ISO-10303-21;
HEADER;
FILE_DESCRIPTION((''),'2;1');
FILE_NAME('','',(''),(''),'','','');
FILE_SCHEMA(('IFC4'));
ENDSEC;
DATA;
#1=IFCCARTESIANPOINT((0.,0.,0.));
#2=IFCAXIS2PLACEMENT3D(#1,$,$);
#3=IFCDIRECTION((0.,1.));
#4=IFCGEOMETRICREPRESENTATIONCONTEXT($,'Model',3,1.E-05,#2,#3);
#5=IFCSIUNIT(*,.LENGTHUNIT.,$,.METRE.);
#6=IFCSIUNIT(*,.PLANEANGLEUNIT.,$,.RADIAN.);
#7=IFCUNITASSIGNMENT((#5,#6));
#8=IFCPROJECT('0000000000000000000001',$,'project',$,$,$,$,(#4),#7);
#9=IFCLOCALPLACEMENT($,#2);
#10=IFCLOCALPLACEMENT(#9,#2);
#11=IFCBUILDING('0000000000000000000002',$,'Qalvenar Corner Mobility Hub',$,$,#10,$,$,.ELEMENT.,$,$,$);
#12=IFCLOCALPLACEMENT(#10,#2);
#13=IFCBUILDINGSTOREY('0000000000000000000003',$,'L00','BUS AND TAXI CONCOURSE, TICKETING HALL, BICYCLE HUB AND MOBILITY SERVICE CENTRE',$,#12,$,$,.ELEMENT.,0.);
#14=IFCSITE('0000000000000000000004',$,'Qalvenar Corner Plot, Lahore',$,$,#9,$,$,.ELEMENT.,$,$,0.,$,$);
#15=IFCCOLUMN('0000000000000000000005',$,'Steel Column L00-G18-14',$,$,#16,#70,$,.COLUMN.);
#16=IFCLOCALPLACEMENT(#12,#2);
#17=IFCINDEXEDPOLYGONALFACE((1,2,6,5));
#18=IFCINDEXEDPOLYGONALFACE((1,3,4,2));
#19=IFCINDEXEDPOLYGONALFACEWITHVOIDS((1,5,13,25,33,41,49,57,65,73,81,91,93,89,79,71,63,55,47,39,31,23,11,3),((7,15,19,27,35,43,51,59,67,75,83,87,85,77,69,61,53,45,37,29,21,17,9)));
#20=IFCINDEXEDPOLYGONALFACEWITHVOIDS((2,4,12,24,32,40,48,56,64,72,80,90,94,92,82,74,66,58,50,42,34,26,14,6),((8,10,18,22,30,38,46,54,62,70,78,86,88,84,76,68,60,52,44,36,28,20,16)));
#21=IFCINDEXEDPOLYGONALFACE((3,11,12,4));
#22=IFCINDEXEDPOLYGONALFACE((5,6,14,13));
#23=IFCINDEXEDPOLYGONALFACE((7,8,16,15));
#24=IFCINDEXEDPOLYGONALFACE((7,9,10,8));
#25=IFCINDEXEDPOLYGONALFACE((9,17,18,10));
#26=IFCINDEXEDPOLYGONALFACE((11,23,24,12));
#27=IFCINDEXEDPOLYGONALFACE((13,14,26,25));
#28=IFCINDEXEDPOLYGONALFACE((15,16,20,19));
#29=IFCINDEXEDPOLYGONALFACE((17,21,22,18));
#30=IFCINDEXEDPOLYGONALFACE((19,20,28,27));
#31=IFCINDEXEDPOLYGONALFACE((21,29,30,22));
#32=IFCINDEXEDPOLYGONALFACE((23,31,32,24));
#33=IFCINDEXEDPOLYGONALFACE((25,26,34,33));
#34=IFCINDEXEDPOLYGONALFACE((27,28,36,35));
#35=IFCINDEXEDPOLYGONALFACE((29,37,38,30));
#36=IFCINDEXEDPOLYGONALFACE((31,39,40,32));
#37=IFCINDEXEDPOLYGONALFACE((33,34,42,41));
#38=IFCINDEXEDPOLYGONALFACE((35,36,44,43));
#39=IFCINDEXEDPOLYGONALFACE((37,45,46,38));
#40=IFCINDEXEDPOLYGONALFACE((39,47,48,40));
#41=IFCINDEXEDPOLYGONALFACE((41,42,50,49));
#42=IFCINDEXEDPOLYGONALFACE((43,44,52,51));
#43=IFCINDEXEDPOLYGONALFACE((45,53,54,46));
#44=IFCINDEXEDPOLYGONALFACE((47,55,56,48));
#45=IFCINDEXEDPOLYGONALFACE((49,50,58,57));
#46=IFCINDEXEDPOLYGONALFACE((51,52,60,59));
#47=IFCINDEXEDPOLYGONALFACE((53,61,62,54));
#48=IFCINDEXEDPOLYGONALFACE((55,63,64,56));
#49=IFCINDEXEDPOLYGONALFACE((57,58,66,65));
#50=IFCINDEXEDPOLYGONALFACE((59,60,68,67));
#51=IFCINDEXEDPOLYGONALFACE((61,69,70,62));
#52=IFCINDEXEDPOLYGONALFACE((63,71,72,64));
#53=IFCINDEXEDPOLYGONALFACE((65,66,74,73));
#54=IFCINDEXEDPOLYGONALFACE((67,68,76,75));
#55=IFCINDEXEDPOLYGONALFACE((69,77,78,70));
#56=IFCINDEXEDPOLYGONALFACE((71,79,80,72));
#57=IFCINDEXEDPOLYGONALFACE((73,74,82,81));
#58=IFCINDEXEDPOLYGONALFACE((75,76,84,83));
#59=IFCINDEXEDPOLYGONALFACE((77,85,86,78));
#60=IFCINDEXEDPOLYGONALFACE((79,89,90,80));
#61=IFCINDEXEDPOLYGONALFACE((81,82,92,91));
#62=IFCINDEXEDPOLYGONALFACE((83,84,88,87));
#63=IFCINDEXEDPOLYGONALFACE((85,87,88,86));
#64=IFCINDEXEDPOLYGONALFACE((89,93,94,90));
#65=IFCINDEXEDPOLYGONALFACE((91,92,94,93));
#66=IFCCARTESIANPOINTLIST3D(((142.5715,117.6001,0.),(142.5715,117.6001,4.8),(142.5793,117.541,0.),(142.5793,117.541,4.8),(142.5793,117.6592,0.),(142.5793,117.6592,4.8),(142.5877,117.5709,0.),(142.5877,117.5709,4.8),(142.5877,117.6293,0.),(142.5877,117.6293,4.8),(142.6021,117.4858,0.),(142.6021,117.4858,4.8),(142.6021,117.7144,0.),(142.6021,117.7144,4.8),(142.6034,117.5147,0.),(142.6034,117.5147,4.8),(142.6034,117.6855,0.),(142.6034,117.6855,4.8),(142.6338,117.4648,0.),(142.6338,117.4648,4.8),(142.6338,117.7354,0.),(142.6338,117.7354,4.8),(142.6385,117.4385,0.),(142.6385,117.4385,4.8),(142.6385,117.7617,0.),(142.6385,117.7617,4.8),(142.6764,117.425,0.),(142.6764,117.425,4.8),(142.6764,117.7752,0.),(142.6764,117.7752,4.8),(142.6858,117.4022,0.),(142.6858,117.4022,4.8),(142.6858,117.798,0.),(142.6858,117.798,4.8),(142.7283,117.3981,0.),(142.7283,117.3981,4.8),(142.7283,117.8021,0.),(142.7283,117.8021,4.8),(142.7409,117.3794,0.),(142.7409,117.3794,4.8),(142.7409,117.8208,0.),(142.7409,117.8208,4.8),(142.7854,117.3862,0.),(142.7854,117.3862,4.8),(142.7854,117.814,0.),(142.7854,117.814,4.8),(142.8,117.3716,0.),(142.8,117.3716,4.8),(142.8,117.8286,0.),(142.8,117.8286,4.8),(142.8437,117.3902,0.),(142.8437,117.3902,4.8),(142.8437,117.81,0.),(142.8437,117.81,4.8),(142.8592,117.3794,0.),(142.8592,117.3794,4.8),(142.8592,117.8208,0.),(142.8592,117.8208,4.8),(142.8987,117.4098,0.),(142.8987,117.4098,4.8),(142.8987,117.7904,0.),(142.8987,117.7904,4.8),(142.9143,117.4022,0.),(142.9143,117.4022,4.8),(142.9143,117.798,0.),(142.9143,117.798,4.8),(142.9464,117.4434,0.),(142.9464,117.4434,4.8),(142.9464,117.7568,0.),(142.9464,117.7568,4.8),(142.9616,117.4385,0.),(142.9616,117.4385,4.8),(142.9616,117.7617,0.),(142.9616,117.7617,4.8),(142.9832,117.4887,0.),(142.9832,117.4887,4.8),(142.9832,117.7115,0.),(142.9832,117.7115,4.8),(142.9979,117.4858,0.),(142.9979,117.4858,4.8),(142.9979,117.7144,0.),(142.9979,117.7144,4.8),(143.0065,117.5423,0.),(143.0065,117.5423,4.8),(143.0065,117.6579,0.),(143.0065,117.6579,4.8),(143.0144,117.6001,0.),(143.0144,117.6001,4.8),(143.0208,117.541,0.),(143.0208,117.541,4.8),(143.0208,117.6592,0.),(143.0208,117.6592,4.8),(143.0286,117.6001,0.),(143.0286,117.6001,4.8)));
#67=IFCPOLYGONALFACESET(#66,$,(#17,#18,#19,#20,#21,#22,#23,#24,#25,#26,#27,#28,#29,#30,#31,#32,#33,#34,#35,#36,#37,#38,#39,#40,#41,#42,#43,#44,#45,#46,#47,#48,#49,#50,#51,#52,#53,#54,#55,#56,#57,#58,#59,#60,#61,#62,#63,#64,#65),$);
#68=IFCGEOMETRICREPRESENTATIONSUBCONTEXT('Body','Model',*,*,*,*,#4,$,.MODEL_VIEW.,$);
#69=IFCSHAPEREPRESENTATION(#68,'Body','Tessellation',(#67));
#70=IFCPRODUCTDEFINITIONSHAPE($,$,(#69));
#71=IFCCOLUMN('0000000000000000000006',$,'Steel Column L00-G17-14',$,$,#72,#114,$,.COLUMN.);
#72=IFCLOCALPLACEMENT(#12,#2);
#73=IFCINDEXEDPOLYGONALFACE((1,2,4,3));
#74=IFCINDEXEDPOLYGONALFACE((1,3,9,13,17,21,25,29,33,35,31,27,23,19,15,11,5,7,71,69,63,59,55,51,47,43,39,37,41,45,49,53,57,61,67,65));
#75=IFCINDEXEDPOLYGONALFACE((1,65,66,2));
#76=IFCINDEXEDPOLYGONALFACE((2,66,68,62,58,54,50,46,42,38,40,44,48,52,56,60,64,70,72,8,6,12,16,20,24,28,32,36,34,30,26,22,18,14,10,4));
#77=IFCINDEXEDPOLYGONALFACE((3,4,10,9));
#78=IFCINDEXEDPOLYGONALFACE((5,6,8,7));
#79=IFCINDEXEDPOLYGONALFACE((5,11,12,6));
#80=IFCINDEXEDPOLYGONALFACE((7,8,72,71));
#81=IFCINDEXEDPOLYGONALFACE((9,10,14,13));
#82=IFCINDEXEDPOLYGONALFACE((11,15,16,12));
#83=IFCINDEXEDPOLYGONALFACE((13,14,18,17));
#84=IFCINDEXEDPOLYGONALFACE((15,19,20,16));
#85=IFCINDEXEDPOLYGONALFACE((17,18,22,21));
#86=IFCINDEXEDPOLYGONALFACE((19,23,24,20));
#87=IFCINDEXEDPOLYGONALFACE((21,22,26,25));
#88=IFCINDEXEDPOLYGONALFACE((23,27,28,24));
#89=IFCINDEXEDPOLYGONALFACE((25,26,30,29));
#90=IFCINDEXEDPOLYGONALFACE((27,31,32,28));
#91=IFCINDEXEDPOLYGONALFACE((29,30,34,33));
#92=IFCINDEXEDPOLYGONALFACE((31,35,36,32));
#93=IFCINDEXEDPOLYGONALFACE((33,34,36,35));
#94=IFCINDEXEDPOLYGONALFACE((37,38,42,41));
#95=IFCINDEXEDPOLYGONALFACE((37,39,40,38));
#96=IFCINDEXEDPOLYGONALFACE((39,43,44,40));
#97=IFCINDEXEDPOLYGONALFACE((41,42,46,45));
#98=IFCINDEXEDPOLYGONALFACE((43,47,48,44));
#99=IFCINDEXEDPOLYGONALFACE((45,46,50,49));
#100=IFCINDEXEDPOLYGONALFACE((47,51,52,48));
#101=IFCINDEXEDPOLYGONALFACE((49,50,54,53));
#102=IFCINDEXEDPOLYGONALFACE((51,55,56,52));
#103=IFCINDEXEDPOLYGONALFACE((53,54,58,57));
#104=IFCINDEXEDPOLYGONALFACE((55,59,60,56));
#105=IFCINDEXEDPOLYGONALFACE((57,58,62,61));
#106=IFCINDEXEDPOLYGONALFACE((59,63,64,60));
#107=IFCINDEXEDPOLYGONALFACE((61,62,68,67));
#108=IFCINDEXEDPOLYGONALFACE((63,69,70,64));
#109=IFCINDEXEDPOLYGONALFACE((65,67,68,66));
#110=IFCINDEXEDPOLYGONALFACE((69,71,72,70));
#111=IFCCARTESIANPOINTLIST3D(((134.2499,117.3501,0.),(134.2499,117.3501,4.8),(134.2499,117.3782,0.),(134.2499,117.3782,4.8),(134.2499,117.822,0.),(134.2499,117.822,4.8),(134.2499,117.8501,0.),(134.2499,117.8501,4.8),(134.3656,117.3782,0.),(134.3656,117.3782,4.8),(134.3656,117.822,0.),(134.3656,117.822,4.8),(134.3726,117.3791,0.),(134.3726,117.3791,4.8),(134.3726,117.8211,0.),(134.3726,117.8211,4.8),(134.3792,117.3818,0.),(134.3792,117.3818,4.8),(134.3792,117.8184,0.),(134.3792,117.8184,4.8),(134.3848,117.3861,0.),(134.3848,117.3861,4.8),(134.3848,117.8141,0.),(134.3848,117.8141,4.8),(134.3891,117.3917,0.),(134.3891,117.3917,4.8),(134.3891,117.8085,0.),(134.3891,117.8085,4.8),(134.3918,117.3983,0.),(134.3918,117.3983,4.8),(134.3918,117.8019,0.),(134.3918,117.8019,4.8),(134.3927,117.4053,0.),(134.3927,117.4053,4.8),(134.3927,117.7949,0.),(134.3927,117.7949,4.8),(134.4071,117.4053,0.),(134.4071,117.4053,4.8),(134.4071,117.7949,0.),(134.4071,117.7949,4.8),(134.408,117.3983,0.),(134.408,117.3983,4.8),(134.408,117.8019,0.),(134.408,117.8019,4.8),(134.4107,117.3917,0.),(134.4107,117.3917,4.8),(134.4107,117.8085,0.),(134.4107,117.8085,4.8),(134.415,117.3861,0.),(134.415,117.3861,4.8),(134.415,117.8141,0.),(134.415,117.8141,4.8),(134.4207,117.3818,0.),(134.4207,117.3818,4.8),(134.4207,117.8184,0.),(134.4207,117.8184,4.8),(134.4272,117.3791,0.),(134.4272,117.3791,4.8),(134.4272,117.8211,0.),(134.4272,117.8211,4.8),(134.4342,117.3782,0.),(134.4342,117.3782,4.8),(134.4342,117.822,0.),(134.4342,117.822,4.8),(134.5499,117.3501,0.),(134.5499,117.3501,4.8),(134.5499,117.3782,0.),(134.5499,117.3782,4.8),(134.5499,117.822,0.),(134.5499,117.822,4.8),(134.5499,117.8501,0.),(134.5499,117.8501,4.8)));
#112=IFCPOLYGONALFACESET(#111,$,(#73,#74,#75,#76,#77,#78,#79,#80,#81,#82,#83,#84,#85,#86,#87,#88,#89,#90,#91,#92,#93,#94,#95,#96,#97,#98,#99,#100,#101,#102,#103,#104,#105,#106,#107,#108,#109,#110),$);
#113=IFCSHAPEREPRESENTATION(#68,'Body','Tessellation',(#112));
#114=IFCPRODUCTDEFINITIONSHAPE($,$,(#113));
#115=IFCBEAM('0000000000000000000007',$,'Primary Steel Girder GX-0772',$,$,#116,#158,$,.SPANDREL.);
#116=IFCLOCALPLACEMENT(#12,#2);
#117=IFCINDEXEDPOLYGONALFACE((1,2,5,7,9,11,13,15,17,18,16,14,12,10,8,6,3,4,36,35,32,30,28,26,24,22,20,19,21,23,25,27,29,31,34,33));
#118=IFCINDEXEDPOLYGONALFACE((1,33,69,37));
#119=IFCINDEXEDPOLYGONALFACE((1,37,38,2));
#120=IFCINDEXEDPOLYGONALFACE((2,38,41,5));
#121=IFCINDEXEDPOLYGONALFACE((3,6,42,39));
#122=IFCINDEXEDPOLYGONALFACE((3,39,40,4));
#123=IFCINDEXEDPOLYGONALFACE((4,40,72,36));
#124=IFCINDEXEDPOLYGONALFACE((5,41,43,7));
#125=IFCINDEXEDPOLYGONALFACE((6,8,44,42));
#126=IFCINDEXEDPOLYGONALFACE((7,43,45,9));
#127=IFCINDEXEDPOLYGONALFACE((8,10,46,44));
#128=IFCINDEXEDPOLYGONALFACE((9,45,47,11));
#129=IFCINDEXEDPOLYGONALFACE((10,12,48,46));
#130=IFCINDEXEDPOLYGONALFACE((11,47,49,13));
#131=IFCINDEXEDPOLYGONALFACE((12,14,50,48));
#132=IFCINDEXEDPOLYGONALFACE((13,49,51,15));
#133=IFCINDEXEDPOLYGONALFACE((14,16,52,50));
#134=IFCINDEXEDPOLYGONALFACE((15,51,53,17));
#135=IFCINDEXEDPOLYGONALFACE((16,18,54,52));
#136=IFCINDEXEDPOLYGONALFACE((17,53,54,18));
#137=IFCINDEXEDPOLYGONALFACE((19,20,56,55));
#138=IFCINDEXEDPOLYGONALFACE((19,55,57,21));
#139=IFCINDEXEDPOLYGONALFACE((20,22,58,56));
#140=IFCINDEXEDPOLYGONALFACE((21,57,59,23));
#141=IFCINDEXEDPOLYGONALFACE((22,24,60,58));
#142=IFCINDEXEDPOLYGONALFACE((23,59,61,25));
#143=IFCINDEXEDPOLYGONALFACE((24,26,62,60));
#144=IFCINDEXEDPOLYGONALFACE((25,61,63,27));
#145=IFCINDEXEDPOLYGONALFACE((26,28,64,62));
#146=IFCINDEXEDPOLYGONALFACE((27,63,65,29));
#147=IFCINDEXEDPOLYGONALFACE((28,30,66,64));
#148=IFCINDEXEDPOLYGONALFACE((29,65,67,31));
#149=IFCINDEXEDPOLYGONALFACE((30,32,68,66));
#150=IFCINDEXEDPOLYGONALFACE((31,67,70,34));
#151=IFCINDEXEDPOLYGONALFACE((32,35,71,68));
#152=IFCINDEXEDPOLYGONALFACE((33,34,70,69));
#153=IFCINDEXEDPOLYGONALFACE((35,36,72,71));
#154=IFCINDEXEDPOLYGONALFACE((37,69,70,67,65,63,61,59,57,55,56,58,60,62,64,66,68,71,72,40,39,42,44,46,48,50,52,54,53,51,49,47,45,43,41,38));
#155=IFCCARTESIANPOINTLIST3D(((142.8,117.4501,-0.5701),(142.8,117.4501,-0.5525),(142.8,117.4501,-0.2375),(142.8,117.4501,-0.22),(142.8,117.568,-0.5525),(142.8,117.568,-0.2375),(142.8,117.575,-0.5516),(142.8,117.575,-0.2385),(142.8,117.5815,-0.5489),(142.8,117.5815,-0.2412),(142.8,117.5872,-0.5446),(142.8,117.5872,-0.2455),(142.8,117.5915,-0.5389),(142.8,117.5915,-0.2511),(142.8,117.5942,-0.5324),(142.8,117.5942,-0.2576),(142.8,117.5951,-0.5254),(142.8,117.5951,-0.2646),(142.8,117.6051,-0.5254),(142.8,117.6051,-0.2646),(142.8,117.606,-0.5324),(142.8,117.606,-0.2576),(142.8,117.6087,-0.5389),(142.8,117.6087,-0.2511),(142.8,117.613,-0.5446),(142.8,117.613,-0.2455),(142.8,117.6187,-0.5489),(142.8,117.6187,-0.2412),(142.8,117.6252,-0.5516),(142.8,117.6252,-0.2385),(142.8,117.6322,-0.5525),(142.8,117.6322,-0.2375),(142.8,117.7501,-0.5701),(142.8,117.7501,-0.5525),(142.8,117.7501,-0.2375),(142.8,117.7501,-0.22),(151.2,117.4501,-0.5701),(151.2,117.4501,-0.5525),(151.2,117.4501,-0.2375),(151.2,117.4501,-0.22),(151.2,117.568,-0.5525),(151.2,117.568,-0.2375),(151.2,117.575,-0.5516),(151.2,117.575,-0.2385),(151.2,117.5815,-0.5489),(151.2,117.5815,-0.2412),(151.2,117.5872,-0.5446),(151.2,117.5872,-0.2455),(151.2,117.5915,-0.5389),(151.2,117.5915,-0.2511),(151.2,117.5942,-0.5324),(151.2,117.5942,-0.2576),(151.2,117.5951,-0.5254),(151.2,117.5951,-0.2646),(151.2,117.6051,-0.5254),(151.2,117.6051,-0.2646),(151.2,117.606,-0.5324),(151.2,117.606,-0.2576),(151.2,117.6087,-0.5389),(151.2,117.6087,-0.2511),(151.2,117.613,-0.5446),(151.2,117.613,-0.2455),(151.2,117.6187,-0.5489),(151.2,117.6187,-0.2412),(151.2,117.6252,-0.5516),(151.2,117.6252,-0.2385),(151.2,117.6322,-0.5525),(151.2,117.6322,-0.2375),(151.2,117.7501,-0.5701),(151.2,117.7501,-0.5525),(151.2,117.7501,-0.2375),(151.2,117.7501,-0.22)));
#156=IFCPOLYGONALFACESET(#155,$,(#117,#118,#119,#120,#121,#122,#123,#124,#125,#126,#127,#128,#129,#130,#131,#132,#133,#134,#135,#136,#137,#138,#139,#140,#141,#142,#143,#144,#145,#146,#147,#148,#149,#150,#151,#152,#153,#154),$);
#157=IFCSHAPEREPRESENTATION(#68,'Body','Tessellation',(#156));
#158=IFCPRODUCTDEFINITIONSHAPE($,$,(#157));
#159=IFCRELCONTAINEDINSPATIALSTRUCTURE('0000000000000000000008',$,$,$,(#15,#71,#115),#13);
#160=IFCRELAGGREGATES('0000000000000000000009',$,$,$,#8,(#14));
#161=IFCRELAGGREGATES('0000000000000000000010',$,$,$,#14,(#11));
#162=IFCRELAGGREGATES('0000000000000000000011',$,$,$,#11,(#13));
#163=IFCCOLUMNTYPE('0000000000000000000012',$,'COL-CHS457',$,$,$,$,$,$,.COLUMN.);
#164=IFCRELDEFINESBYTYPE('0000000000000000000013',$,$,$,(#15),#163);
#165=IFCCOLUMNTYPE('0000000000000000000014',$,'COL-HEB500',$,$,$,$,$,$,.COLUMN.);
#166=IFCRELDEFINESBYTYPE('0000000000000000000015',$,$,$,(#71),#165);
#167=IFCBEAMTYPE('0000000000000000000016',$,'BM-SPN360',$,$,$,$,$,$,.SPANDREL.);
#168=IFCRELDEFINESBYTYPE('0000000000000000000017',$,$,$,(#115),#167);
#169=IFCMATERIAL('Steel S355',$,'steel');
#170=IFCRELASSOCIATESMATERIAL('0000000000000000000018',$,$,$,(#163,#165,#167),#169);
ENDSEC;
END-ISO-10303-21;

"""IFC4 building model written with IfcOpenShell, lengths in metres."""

from ifc_helpers import new_model, si_unit, direction, frame, origin, origin_2d, place, context, subcontext, project, spatial, hollow_circle, i_section, extrude, material, material_profile, profile_set, type_object, element, save


model = new_model("IFC4")

# Units and contexts
model_context = context("Model", 3, precision=1e-05, world=origin(), true_north=direction((0.0, 1.0)))
body_context = subcontext(model_context, "Body", "Model", "MODEL_VIEW")
ifc_project = project(units=[si_unit("LENGTHUNIT", "METRE"), si_unit("PLANEANGLEUNIT", "RADIAN")], contexts=[model_context])

# Site, building, storey
site_placement = place(None, origin())
site = spatial("IfcSite", under=ifc_project, at=site_placement, Name="Qalvenar Corner Plot, Lahore", CompositionType="ELEMENT", RefElevation=0.0)
building_placement = place(site_placement, origin())
building = spatial("IfcBuilding", under=site, at=building_placement, Name="Qalvenar Corner Mobility Hub", CompositionType="ELEMENT")
storey_placement = place(building_placement, origin())
storey = spatial("IfcBuildingStorey", under=building, at=storey_placement, Name="L00", Description="BUS AND TAXI CONCOURSE, TICKETING HALL, BICYCLE HUB AND MOBILITY SERVICE CENTRE", CompositionType="ELEMENT", Elevation=0.0)

# Columns
ifc_material_1 = material(Name="Steel S355", Category="steel")
ifc_material_profile_1 = material_profile(ifc_material_1, hollow_circle(Radius=0.2285, WallThickness=0.0142, at=origin_2d()), Name="CHS457x14.2")
ifc_profile_set_1 = profile_set([ifc_material_profile_1], Name="Steel S355")
column_type_1 = type_object("IfcColumnType", Name="COL-CHS457", PredefinedType="COLUMN", material=ifc_profile_set_1)
column_1_placement = place(storey_placement, frame((142.8, 117.6001, 0.0), z_axis=(0.0, 0.0, 1.0), x_axis=(1.0, 0.0, 0.0)))
element("IfcColumn", 1, at=column_1_placement, inside=storey, type_object=column_type_1, Name="Steel Column L00-G18-14", PredefinedType="COLUMN", context=body_context, shape_type="SweptSolid", body=[
    extrude(hollow_circle(Radius=0.2285, WallThickness=0.0142, at=origin_2d()), origin(), (0.0, 0.0, 1.0), 4.8),
])
ifc_material_profile_2 = material_profile(ifc_material_1, i_section(OverallWidth=0.3, OverallDepth=0.5, WebThickness=0.0144, FlangeThickness=0.0281, FilletRadius=0.0271, at=origin_2d()), Name="HEB500")
ifc_profile_set_2 = profile_set([ifc_material_profile_2], Name="Steel S355")
column_type_2 = type_object("IfcColumnType", Name="COL-HEB500", PredefinedType="COLUMN", material=ifc_profile_set_2)
column_2_placement = place(storey_placement, frame((134.3999, 117.6001, 0.0), z_axis=(0.0, 0.0, 1.0), x_axis=(1.0, 0.0, 0.0)))
element("IfcColumn", 2, at=column_2_placement, inside=storey, type_object=column_type_2, Name="Steel Column L00-G17-14", PredefinedType="COLUMN", context=body_context, shape_type="SweptSolid", body=[
    extrude(i_section(OverallWidth=0.3, OverallDepth=0.5, WebThickness=0.0144, FlangeThickness=0.0281, FilletRadius=0.0271, at=origin_2d()), origin(), (0.0, 0.0, 1.0), 4.8),
])

# Beam
ifc_material_profile_3 = material_profile(ifc_material_1, i_section(OverallWidth=0.3, OverallDepth=0.3501, WebThickness=0.01, FlangeThickness=0.0176, FilletRadius=0.0271, at=origin_2d()), Name="HEA360")
ifc_profile_set_3 = profile_set([ifc_material_profile_3], Name="Steel S355")
beam_type = type_object("IfcBeamType", Name="BM-SPN360", PredefinedType="SPANDREL", material=ifc_profile_set_3)
beam_placement = place(storey_placement, frame((142.8, 117.6001, -0.395), z_axis=(1.0, 0.0, 0.0), x_axis=(0.0, 1.0, 0.0)))
element("IfcBeam", 3, at=beam_placement, inside=storey, type_object=beam_type, Name="Primary Steel Girder GX-0772", PredefinedType="SPANDREL", context=body_context, shape_type="SweptSolid", body=[
    extrude(i_section(OverallWidth=0.3, OverallDepth=0.3501, WebThickness=0.01, FlangeThickness=0.0176, FilletRadius=0.0271, at=origin_2d()), origin(), (0.0, 0.0, 1.0), 8.3999),
])

save(model, "model.ifc")
